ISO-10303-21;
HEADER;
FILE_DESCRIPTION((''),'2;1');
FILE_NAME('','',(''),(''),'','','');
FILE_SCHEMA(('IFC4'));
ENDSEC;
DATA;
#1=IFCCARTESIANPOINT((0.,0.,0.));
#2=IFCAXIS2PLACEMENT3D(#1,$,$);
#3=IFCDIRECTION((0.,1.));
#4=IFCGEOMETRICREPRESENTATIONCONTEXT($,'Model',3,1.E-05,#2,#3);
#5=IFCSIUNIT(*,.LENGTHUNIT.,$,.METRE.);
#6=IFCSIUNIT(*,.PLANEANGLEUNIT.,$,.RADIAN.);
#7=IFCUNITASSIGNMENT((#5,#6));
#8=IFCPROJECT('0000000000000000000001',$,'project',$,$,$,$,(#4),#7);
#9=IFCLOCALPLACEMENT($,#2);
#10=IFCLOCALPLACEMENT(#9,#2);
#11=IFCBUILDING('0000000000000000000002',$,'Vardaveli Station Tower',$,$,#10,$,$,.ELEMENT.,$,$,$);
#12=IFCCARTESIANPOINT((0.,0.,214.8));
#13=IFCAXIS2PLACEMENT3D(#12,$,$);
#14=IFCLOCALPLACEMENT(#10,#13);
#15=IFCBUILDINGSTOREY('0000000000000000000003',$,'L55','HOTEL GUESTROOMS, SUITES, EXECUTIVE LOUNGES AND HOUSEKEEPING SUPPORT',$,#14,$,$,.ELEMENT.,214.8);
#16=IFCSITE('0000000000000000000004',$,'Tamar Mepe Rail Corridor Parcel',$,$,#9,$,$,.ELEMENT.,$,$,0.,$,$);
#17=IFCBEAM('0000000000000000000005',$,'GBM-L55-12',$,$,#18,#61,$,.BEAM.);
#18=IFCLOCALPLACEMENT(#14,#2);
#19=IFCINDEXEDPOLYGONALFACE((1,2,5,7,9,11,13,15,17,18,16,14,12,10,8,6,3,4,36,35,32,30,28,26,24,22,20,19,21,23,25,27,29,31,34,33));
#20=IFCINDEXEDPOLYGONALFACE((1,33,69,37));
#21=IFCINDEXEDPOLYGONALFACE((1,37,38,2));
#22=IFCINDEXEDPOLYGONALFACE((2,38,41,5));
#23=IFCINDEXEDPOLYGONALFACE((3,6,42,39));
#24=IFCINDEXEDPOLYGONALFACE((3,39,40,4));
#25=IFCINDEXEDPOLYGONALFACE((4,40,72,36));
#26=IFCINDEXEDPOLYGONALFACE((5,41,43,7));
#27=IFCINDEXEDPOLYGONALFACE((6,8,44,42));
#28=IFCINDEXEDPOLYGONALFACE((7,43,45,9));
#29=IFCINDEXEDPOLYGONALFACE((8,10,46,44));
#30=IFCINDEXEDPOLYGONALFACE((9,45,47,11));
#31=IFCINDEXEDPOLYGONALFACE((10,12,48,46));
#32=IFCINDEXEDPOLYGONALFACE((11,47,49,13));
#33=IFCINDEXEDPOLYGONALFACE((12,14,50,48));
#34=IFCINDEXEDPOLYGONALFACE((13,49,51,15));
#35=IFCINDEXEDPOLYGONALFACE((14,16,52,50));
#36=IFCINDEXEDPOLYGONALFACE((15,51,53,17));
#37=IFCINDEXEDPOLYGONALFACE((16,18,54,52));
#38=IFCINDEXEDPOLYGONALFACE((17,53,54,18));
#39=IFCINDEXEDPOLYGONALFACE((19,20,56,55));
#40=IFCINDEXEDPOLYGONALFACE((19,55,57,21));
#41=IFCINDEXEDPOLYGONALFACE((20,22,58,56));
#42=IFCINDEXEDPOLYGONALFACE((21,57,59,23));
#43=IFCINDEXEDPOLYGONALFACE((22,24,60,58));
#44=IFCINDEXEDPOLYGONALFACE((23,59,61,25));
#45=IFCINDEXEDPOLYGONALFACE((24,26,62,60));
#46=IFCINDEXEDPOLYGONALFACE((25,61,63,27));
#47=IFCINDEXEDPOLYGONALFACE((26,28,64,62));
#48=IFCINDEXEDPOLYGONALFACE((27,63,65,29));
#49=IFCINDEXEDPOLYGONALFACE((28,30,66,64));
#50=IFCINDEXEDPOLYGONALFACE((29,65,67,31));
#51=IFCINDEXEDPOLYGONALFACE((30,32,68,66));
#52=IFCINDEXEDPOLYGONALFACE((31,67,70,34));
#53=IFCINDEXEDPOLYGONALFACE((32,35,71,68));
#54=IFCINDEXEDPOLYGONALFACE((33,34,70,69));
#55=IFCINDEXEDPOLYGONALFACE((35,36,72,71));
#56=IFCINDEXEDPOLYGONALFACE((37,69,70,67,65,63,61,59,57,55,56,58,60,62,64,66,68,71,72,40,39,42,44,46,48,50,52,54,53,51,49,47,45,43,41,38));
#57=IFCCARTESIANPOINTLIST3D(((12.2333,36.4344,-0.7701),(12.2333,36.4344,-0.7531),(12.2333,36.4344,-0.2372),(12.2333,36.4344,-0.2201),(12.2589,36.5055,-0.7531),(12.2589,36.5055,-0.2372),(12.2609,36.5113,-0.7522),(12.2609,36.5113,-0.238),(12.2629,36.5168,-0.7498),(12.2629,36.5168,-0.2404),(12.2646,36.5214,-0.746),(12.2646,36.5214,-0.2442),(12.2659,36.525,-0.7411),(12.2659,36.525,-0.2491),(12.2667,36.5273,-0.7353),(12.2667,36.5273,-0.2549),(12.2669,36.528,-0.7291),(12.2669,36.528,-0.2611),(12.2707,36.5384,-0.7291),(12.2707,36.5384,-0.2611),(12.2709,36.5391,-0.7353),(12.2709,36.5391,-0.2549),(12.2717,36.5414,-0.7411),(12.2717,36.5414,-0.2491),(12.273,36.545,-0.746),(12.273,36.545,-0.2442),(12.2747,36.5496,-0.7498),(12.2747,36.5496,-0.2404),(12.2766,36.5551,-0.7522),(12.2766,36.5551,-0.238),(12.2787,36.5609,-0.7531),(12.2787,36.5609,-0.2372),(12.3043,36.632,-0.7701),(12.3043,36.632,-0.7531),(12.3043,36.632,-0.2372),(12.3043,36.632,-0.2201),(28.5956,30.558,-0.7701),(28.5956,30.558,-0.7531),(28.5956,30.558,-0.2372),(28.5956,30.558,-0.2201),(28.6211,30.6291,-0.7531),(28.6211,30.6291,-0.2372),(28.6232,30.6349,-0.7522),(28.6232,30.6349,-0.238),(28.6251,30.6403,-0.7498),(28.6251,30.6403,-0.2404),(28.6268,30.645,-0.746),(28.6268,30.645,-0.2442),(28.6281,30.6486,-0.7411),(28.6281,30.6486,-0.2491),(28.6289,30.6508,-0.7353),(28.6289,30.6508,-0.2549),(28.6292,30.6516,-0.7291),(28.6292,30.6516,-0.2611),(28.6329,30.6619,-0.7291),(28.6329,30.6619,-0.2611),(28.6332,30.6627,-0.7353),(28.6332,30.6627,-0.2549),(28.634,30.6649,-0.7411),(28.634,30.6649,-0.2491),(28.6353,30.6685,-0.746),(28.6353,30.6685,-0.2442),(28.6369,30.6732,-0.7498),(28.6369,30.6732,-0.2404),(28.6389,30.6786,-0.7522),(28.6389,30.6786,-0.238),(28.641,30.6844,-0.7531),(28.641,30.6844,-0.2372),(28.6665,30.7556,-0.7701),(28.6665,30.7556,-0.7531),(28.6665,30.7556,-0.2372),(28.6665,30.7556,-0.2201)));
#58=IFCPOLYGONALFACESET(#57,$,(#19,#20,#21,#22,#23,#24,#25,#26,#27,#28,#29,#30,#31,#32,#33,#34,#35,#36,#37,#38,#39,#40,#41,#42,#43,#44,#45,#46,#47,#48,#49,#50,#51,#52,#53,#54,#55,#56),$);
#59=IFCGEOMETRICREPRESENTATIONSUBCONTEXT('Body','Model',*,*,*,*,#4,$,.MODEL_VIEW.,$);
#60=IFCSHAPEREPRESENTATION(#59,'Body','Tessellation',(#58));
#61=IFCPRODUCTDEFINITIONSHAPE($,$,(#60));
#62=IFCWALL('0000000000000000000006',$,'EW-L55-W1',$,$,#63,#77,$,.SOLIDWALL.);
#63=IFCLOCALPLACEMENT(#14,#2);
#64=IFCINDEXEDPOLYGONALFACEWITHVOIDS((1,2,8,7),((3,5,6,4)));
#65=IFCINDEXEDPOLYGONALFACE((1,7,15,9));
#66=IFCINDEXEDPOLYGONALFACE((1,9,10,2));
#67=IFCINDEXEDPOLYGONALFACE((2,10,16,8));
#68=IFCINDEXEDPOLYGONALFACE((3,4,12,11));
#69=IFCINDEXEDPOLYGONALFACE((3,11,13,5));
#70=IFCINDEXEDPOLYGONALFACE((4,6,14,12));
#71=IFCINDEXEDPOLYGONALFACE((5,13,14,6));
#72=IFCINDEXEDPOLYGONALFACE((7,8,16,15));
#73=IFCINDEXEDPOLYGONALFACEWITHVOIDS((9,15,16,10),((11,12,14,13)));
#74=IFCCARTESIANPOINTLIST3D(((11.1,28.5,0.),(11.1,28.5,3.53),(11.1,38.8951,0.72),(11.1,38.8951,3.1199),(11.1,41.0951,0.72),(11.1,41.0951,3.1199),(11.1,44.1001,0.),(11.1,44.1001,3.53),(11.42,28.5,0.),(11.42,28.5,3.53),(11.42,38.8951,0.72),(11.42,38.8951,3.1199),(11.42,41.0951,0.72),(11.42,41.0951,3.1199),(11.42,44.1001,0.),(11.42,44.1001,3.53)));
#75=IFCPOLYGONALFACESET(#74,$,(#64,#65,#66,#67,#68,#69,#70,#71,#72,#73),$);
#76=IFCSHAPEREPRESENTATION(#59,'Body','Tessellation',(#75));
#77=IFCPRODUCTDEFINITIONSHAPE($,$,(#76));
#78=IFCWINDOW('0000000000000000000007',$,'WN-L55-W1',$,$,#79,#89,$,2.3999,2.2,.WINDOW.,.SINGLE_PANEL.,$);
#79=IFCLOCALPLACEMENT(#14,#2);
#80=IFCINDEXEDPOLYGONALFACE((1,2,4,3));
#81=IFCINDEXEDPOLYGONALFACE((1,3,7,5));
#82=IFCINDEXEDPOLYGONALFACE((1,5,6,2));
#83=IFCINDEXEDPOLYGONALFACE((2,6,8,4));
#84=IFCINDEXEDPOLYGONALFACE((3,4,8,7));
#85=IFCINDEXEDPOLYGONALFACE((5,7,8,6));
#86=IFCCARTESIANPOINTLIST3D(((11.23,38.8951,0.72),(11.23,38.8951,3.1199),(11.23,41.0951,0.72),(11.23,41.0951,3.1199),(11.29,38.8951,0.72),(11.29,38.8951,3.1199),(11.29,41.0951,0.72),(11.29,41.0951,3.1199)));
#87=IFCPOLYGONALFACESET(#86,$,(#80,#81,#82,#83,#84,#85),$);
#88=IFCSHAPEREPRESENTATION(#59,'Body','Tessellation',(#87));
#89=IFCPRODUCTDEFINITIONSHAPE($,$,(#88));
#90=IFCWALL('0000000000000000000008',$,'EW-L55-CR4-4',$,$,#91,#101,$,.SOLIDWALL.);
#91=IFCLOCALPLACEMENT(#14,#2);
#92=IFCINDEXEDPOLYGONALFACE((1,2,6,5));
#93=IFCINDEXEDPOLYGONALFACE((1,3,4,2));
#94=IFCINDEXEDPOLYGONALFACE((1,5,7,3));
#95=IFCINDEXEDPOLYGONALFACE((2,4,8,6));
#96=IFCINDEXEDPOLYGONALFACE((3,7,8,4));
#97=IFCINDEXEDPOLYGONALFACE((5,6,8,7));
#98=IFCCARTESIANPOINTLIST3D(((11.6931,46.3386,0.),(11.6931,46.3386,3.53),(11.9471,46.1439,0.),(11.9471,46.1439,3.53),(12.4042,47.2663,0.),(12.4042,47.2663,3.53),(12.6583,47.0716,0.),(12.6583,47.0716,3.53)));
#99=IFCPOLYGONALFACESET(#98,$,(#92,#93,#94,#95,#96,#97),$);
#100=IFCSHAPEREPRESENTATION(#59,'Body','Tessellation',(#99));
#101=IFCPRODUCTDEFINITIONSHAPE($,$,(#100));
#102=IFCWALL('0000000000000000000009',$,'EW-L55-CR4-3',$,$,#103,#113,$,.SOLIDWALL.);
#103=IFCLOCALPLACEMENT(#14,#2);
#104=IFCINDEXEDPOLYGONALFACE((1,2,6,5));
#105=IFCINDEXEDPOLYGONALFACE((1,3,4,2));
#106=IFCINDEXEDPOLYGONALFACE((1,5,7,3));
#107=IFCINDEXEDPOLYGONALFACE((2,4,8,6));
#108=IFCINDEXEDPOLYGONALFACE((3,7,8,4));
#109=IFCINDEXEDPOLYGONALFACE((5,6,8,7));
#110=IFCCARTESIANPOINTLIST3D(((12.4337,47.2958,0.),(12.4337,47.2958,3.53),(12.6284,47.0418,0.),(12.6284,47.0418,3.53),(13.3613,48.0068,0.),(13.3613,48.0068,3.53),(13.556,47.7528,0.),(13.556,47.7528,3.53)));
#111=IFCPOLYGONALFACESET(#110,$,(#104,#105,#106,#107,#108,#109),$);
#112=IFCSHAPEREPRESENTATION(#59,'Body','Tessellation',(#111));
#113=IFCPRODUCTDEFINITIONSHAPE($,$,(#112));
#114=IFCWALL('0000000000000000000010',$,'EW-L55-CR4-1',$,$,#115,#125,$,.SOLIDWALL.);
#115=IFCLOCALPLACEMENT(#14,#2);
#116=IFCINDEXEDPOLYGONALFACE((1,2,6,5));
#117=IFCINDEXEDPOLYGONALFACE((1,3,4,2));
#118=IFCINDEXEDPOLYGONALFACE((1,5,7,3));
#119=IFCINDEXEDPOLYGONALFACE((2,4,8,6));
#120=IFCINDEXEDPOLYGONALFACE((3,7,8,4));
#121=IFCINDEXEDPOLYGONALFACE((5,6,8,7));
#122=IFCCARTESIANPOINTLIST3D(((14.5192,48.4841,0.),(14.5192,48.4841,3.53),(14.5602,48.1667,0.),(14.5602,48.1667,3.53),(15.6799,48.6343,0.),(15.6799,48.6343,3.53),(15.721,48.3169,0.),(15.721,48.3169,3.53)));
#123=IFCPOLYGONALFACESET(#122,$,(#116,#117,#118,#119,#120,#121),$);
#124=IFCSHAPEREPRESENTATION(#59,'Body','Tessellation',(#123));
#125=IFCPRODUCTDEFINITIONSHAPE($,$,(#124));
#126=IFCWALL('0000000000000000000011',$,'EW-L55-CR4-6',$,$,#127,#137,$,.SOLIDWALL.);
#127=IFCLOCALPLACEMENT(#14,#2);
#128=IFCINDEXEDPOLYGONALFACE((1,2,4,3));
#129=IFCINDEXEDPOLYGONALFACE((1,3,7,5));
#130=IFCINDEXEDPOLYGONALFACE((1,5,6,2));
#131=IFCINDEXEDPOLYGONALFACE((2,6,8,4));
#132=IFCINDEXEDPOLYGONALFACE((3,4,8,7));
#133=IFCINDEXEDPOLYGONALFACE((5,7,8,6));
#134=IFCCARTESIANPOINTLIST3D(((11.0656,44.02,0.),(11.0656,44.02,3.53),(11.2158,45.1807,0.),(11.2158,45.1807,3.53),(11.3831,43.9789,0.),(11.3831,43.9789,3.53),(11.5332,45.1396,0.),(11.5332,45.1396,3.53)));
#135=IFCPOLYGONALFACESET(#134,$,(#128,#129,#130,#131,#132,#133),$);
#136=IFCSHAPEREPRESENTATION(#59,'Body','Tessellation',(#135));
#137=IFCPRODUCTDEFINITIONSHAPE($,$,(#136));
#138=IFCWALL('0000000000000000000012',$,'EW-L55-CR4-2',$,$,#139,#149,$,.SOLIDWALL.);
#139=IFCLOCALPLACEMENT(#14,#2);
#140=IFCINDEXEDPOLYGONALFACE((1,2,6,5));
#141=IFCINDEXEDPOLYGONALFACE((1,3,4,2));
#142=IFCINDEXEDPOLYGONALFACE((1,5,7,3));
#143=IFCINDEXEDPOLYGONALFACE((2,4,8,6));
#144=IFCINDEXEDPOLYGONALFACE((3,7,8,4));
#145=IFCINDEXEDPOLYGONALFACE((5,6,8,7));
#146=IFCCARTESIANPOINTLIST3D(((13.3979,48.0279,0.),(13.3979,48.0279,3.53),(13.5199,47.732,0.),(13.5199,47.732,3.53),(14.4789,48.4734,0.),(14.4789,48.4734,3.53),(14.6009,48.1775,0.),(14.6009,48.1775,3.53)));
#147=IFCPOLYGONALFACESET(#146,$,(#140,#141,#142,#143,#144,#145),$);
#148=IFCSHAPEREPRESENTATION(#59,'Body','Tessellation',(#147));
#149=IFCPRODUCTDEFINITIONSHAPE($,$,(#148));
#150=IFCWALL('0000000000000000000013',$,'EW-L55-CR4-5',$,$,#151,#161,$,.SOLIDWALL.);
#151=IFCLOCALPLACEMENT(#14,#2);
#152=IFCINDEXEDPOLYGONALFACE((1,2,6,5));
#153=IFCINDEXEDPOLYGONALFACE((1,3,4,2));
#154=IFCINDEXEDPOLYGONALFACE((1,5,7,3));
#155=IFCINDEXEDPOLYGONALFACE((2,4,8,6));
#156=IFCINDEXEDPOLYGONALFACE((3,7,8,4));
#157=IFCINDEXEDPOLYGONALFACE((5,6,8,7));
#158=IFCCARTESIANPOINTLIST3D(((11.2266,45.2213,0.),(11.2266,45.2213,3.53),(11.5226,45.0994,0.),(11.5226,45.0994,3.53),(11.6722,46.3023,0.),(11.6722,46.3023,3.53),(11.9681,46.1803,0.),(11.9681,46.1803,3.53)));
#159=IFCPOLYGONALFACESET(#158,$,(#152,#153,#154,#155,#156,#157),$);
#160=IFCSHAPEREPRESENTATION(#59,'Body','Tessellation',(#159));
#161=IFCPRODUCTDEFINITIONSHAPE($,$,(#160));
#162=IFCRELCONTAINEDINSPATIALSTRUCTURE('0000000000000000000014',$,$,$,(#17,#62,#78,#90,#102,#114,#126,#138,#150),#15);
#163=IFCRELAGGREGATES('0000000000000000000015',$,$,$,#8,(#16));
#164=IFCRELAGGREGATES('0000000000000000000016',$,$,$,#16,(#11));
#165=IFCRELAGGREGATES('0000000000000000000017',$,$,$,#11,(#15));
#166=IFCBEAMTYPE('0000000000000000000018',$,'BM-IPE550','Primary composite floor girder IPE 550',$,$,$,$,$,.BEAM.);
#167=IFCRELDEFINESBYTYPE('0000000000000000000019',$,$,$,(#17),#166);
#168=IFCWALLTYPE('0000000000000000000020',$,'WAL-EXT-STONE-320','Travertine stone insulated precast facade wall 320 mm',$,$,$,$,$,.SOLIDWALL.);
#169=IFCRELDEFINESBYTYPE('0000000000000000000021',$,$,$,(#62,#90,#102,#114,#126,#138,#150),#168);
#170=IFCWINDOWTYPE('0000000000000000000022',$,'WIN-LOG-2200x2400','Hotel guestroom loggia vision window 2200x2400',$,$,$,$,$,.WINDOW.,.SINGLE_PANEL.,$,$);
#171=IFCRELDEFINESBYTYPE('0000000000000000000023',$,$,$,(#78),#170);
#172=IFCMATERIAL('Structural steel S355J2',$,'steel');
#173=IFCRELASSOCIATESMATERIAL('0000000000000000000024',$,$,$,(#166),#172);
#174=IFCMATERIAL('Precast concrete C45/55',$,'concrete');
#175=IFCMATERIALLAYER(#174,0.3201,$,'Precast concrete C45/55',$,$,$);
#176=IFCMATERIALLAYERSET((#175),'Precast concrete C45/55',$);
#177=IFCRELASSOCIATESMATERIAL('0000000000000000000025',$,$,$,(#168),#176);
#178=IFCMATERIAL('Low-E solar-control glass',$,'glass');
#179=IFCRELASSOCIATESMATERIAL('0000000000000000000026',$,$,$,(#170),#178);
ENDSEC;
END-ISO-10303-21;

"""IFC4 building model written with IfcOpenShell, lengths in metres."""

from ifc_helpers import new_model, si_unit, direction, frame, frame_2d, origin, origin_2d, place, context, subcontext, project, spatial, rectangle, i_section, extrude, source, transform, mapped, material, layer, layer_set, material_profile, profile_set, type_object, element, fill, save


model = new_model("IFC4")

# Units and contexts
model_context = context("Model", 3, precision=1e-05, world=origin(), true_north=direction((0.0, 1.0)))
body_context = subcontext(model_context, "Body", "Model", "MODEL_VIEW")
ifc_project = project(units=[si_unit("LENGTHUNIT", "METRE"), si_unit("PLANEANGLEUNIT", "RADIAN")], contexts=[model_context])

# Site, building, storey
site_placement = place(None, origin())
site = spatial("IfcSite", under=ifc_project, at=site_placement, Name="Tamar Mepe Rail Corridor Parcel", CompositionType="ELEMENT", RefElevation=0.0)
building_placement = place(site_placement, origin())
building = spatial("IfcBuilding", under=site, at=building_placement, Name="Vardaveli Station Tower", CompositionType="ELEMENT")
storey_placement = place(building_placement, frame((0.0, 0.0, 214.8)))
storey = spatial("IfcBuildingStorey", under=building, at=storey_placement, Name="L55", Description="HOTEL GUESTROOMS, SUITES, EXECUTIVE LOUNGES AND HOUSEKEEPING SUPPORT", CompositionType="ELEMENT", Elevation=214.8)

# Beam
ifc_material_1 = material(Name="Precast concrete C45/55", Category="concrete")
ifc_material_2 = material(Name="Structural steel S355J2", Category="steel")
ifc_material_profile_1 = material_profile(ifc_material_2, i_section(OverallWidth=0.21, OverallDepth=0.55, WebThickness=0.011, FlangeThickness=0.0171, FilletRadius=0.0239, at=origin_2d()), Name="IPE 550")
ifc_profile_set_1 = profile_set([ifc_material_profile_1], Name="Structural steel S355J2")
beam_type_1 = type_object("IfcBeamType", Name="BM-IPE550", Description="Primary composite floor girder IPE 550", PredefinedType="BEAM", material=ifc_profile_set_1)
shared_shape_1 = source(origin(), body_context, "Body", "SweptSolid", [
    extrude(i_section(OverallWidth=0.21, OverallDepth=0.55, WebThickness=0.011, FlangeThickness=0.0171, FilletRadius=0.0239, at=origin_2d()), origin(), (0.0, 0.0, 1.0), 17.3855),
])
beam_1_placement = place(storey_placement, frame((12.2688, 36.5332, -0.4951), z_axis=(0.941143, -0.338008, 0.0), x_axis=(0.338008, 0.941143, 0.0)))
element("IfcBeam", 1, at=beam_1_placement, inside=storey, type_object=beam_type_1, Name="GBM-L55-12", PredefinedType="BEAM", context=body_context, shape_type="MappedRepresentation", body=[
    mapped(shared_shape_1, transform((0.0, 0.0, 0.0), scale=1.0)),
])

# Wall, opening, window
ifc_layer_1 = layer(ifc_material_1, 0.3201, Name="Precast concrete C45/55")
ifc_layer_set_1 = layer_set([ifc_layer_1], Name="Precast concrete C45/55")
wall_type_1 = type_object("IfcWallType", Name="WAL-EXT-STONE-320", Description="Travertine stone insulated precast facade wall 320 mm", PredefinedType="SOLIDWALL", material=ifc_layer_set_1)
shared_shape_2 = source(origin(), body_context, "Body", "SweptSolid", [
    extrude(rectangle(XDim=15.6001, YDim=0.3201, at=frame_2d((7.8, 0.0))), origin(), (0.0, 0.0, 1.0), 3.53),
])
wall_1_placement = place(storey_placement, frame((11.26, 44.1001, 0.0), z_axis=(0.0, 0.0, 1.0), x_axis=(0.0, -1.0, 0.0)))
wall_1 = element("IfcWall", 2, at=wall_1_placement, inside=storey, type_object=wall_type_1, Name="EW-L55-W1", PredefinedType="SOLIDWALL", context=body_context, shape_type="MappedRepresentation", body=[
    mapped(shared_shape_2, transform((0.0, 0.0, 0.0), scale=1.0)),
])
shared_shape_3 = source(origin(), body_context, "Body", "SweptSolid", [
    extrude(rectangle(XDim=2.2, YDim=2.3999, at=frame_2d((1.1001, 1.2))), frame((0.0, 0.1699, 0.0), z_axis=(0.0, -1.0, 0.0), x_axis=(1.0, 0.0, 0.0)), (0.0, 0.0, 1.0), 0.3401),
])
opening_1_placement = place(wall_1_placement, frame((3.0049, 0.0, 0.72)))
opening_1 = element("IfcOpeningElement", 3, at=opening_1_placement, cuts=wall_1, PredefinedType="OPENING", context=body_context, shape_type="MappedRepresentation", body=[
    mapped(shared_shape_3, transform((0.0, 0.0, 0.0), scale=1.0)),
])
ifc_material_3 = material(Name="Low-E solar-control glass", Category="glass")
window_type = type_object("IfcWindowType", Name="WIN-LOG-2200x2400", Description="Hotel guestroom loggia vision window 2200x2400", PartitioningType="SINGLE_PANEL", PredefinedType="WINDOW", material=ifc_material_3)
shared_shape_4 = source(origin(), body_context, "Body", "SweptSolid", [
    extrude(rectangle(XDim=2.2, YDim=2.3999, at=frame_2d((1.1001, 1.2))), frame((0.0, 0.03, 0.0), z_axis=(0.0, -1.0, 0.0), x_axis=(1.0, 0.0, 0.0)), (0.0, 0.0, 1.0), 0.0601),
])
window_placement = place(opening_1_placement, origin())
window = element("IfcWindow", 4, at=window_placement, inside=storey, type_object=window_type, Name="WN-L55-W1", OverallHeight=2.3999, OverallWidth=2.2, PartitioningType="SINGLE_PANEL", PredefinedType="WINDOW", context=body_context, shape_type="MappedRepresentation", body=[
    mapped(shared_shape_4, transform((0.0, 0.0, 0.0), scale=1.0)),
])
fill(opening_1, window)

# Walls
shared_shape_5 = source(origin(), body_context, "Body", "SweptSolid", [
    extrude(rectangle(XDim=1.1689, YDim=0.3201, at=frame_2d((0.5845, 0.0))), origin(), (0.0, 0.0, 1.0), 3.53),
])
wall_2_placement = place(storey_placement, frame((12.5312, 47.1689, 0.0), z_axis=(0.0, 0.0, 1.0), x_axis=(-0.608388, -0.79364, 0.0)))
element("IfcWall", 5, at=wall_2_placement, inside=storey, type_object=wall_type_1, Name="EW-L55-CR4-4", PredefinedType="SOLIDWALL", context=body_context, shape_type="MappedRepresentation", body=[
    mapped(shared_shape_5, transform((0.0, 0.0, 0.0), scale=1.0)),
])
shared_shape_6 = source(origin(), body_context, "Body", "SweptSolid", [
    extrude(rectangle(XDim=1.1687, YDim=0.3201, at=frame_2d((0.5845, 0.0))), origin(), (0.0, 0.0, 1.0), 3.53),
])
wall_3_placement = place(storey_placement, frame((13.4587, 47.8799, 0.0), z_axis=(0.0, 0.0, 1.0), x_axis=(-0.793664, -0.608357, 0.0)))
element("IfcWall", 6, at=wall_3_placement, inside=storey, type_object=wall_type_1, Name="EW-L55-CR4-3", PredefinedType="SOLIDWALL", context=body_context, shape_type="MappedRepresentation", body=[
    mapped(shared_shape_6, transform((0.0, 0.0, 0.0), scale=1.0)),
])
shared_shape_7 = source(origin(), body_context, "Body", "SweptSolid", [
    extrude(rectangle(XDim=1.1704, YDim=0.3201, at=frame_2d((0.5852, 0.0))), origin(), (0.0, 0.0, 1.0), 3.53),
])
for number, where, z_axis, x_axis, name in (
    (7, (15.7004, 48.4756, 0.0), (0.0, 0.0, 1.0), (-0.991736, -0.128296, 0.0), "EW-L55-CR4-1"),
    (8, (11.3745, 45.1602, 0.0), (0.0, 0.0, 1.0), (-0.128296, -0.991736, 0.0), "EW-L55-CR4-6"),
):
    element("IfcWall", number, at=place(storey_placement, frame(where, z_axis=z_axis, x_axis=x_axis)), inside=storey, type_object=wall_type_1, Name=name, PredefinedType="SOLIDWALL", context=body_context, shape_type="MappedRepresentation", body=[
        mapped(shared_shape_7, transform((0.0, 0.0, 0.0), scale=1.0)),
    ])
shared_shape_8 = source(origin(), body_context, "Body", "SweptSolid", [
    extrude(rectangle(XDim=1.1692, YDim=0.3201, at=frame_2d((0.5845, 0.0))), origin(), (0.0, 0.0, 1.0), 3.53),
])
for number, where, z_axis, x_axis, name in (
    (9, (14.5398, 48.3254, 0.0), (0.0, 0.0, 1.0), (-0.924553, -0.381054, 0.0), "EW-L55-CR4-2"),
    (10, (11.8201, 46.2412, 0.0), (0.0, 0.0, 1.0), (-0.381054, -0.924553, 0.0), "EW-L55-CR4-5"),
):
    element("IfcWall", number, at=place(storey_placement, frame(where, z_axis=z_axis, x_axis=x_axis)), inside=storey, type_object=wall_type_1, Name=name, PredefinedType="SOLIDWALL", context=body_context, shape_type="MappedRepresentation", body=[
        mapped(shared_shape_8, transform((0.0, 0.0, 0.0), scale=1.0)),
    ])

save(model, "model.ifc")
